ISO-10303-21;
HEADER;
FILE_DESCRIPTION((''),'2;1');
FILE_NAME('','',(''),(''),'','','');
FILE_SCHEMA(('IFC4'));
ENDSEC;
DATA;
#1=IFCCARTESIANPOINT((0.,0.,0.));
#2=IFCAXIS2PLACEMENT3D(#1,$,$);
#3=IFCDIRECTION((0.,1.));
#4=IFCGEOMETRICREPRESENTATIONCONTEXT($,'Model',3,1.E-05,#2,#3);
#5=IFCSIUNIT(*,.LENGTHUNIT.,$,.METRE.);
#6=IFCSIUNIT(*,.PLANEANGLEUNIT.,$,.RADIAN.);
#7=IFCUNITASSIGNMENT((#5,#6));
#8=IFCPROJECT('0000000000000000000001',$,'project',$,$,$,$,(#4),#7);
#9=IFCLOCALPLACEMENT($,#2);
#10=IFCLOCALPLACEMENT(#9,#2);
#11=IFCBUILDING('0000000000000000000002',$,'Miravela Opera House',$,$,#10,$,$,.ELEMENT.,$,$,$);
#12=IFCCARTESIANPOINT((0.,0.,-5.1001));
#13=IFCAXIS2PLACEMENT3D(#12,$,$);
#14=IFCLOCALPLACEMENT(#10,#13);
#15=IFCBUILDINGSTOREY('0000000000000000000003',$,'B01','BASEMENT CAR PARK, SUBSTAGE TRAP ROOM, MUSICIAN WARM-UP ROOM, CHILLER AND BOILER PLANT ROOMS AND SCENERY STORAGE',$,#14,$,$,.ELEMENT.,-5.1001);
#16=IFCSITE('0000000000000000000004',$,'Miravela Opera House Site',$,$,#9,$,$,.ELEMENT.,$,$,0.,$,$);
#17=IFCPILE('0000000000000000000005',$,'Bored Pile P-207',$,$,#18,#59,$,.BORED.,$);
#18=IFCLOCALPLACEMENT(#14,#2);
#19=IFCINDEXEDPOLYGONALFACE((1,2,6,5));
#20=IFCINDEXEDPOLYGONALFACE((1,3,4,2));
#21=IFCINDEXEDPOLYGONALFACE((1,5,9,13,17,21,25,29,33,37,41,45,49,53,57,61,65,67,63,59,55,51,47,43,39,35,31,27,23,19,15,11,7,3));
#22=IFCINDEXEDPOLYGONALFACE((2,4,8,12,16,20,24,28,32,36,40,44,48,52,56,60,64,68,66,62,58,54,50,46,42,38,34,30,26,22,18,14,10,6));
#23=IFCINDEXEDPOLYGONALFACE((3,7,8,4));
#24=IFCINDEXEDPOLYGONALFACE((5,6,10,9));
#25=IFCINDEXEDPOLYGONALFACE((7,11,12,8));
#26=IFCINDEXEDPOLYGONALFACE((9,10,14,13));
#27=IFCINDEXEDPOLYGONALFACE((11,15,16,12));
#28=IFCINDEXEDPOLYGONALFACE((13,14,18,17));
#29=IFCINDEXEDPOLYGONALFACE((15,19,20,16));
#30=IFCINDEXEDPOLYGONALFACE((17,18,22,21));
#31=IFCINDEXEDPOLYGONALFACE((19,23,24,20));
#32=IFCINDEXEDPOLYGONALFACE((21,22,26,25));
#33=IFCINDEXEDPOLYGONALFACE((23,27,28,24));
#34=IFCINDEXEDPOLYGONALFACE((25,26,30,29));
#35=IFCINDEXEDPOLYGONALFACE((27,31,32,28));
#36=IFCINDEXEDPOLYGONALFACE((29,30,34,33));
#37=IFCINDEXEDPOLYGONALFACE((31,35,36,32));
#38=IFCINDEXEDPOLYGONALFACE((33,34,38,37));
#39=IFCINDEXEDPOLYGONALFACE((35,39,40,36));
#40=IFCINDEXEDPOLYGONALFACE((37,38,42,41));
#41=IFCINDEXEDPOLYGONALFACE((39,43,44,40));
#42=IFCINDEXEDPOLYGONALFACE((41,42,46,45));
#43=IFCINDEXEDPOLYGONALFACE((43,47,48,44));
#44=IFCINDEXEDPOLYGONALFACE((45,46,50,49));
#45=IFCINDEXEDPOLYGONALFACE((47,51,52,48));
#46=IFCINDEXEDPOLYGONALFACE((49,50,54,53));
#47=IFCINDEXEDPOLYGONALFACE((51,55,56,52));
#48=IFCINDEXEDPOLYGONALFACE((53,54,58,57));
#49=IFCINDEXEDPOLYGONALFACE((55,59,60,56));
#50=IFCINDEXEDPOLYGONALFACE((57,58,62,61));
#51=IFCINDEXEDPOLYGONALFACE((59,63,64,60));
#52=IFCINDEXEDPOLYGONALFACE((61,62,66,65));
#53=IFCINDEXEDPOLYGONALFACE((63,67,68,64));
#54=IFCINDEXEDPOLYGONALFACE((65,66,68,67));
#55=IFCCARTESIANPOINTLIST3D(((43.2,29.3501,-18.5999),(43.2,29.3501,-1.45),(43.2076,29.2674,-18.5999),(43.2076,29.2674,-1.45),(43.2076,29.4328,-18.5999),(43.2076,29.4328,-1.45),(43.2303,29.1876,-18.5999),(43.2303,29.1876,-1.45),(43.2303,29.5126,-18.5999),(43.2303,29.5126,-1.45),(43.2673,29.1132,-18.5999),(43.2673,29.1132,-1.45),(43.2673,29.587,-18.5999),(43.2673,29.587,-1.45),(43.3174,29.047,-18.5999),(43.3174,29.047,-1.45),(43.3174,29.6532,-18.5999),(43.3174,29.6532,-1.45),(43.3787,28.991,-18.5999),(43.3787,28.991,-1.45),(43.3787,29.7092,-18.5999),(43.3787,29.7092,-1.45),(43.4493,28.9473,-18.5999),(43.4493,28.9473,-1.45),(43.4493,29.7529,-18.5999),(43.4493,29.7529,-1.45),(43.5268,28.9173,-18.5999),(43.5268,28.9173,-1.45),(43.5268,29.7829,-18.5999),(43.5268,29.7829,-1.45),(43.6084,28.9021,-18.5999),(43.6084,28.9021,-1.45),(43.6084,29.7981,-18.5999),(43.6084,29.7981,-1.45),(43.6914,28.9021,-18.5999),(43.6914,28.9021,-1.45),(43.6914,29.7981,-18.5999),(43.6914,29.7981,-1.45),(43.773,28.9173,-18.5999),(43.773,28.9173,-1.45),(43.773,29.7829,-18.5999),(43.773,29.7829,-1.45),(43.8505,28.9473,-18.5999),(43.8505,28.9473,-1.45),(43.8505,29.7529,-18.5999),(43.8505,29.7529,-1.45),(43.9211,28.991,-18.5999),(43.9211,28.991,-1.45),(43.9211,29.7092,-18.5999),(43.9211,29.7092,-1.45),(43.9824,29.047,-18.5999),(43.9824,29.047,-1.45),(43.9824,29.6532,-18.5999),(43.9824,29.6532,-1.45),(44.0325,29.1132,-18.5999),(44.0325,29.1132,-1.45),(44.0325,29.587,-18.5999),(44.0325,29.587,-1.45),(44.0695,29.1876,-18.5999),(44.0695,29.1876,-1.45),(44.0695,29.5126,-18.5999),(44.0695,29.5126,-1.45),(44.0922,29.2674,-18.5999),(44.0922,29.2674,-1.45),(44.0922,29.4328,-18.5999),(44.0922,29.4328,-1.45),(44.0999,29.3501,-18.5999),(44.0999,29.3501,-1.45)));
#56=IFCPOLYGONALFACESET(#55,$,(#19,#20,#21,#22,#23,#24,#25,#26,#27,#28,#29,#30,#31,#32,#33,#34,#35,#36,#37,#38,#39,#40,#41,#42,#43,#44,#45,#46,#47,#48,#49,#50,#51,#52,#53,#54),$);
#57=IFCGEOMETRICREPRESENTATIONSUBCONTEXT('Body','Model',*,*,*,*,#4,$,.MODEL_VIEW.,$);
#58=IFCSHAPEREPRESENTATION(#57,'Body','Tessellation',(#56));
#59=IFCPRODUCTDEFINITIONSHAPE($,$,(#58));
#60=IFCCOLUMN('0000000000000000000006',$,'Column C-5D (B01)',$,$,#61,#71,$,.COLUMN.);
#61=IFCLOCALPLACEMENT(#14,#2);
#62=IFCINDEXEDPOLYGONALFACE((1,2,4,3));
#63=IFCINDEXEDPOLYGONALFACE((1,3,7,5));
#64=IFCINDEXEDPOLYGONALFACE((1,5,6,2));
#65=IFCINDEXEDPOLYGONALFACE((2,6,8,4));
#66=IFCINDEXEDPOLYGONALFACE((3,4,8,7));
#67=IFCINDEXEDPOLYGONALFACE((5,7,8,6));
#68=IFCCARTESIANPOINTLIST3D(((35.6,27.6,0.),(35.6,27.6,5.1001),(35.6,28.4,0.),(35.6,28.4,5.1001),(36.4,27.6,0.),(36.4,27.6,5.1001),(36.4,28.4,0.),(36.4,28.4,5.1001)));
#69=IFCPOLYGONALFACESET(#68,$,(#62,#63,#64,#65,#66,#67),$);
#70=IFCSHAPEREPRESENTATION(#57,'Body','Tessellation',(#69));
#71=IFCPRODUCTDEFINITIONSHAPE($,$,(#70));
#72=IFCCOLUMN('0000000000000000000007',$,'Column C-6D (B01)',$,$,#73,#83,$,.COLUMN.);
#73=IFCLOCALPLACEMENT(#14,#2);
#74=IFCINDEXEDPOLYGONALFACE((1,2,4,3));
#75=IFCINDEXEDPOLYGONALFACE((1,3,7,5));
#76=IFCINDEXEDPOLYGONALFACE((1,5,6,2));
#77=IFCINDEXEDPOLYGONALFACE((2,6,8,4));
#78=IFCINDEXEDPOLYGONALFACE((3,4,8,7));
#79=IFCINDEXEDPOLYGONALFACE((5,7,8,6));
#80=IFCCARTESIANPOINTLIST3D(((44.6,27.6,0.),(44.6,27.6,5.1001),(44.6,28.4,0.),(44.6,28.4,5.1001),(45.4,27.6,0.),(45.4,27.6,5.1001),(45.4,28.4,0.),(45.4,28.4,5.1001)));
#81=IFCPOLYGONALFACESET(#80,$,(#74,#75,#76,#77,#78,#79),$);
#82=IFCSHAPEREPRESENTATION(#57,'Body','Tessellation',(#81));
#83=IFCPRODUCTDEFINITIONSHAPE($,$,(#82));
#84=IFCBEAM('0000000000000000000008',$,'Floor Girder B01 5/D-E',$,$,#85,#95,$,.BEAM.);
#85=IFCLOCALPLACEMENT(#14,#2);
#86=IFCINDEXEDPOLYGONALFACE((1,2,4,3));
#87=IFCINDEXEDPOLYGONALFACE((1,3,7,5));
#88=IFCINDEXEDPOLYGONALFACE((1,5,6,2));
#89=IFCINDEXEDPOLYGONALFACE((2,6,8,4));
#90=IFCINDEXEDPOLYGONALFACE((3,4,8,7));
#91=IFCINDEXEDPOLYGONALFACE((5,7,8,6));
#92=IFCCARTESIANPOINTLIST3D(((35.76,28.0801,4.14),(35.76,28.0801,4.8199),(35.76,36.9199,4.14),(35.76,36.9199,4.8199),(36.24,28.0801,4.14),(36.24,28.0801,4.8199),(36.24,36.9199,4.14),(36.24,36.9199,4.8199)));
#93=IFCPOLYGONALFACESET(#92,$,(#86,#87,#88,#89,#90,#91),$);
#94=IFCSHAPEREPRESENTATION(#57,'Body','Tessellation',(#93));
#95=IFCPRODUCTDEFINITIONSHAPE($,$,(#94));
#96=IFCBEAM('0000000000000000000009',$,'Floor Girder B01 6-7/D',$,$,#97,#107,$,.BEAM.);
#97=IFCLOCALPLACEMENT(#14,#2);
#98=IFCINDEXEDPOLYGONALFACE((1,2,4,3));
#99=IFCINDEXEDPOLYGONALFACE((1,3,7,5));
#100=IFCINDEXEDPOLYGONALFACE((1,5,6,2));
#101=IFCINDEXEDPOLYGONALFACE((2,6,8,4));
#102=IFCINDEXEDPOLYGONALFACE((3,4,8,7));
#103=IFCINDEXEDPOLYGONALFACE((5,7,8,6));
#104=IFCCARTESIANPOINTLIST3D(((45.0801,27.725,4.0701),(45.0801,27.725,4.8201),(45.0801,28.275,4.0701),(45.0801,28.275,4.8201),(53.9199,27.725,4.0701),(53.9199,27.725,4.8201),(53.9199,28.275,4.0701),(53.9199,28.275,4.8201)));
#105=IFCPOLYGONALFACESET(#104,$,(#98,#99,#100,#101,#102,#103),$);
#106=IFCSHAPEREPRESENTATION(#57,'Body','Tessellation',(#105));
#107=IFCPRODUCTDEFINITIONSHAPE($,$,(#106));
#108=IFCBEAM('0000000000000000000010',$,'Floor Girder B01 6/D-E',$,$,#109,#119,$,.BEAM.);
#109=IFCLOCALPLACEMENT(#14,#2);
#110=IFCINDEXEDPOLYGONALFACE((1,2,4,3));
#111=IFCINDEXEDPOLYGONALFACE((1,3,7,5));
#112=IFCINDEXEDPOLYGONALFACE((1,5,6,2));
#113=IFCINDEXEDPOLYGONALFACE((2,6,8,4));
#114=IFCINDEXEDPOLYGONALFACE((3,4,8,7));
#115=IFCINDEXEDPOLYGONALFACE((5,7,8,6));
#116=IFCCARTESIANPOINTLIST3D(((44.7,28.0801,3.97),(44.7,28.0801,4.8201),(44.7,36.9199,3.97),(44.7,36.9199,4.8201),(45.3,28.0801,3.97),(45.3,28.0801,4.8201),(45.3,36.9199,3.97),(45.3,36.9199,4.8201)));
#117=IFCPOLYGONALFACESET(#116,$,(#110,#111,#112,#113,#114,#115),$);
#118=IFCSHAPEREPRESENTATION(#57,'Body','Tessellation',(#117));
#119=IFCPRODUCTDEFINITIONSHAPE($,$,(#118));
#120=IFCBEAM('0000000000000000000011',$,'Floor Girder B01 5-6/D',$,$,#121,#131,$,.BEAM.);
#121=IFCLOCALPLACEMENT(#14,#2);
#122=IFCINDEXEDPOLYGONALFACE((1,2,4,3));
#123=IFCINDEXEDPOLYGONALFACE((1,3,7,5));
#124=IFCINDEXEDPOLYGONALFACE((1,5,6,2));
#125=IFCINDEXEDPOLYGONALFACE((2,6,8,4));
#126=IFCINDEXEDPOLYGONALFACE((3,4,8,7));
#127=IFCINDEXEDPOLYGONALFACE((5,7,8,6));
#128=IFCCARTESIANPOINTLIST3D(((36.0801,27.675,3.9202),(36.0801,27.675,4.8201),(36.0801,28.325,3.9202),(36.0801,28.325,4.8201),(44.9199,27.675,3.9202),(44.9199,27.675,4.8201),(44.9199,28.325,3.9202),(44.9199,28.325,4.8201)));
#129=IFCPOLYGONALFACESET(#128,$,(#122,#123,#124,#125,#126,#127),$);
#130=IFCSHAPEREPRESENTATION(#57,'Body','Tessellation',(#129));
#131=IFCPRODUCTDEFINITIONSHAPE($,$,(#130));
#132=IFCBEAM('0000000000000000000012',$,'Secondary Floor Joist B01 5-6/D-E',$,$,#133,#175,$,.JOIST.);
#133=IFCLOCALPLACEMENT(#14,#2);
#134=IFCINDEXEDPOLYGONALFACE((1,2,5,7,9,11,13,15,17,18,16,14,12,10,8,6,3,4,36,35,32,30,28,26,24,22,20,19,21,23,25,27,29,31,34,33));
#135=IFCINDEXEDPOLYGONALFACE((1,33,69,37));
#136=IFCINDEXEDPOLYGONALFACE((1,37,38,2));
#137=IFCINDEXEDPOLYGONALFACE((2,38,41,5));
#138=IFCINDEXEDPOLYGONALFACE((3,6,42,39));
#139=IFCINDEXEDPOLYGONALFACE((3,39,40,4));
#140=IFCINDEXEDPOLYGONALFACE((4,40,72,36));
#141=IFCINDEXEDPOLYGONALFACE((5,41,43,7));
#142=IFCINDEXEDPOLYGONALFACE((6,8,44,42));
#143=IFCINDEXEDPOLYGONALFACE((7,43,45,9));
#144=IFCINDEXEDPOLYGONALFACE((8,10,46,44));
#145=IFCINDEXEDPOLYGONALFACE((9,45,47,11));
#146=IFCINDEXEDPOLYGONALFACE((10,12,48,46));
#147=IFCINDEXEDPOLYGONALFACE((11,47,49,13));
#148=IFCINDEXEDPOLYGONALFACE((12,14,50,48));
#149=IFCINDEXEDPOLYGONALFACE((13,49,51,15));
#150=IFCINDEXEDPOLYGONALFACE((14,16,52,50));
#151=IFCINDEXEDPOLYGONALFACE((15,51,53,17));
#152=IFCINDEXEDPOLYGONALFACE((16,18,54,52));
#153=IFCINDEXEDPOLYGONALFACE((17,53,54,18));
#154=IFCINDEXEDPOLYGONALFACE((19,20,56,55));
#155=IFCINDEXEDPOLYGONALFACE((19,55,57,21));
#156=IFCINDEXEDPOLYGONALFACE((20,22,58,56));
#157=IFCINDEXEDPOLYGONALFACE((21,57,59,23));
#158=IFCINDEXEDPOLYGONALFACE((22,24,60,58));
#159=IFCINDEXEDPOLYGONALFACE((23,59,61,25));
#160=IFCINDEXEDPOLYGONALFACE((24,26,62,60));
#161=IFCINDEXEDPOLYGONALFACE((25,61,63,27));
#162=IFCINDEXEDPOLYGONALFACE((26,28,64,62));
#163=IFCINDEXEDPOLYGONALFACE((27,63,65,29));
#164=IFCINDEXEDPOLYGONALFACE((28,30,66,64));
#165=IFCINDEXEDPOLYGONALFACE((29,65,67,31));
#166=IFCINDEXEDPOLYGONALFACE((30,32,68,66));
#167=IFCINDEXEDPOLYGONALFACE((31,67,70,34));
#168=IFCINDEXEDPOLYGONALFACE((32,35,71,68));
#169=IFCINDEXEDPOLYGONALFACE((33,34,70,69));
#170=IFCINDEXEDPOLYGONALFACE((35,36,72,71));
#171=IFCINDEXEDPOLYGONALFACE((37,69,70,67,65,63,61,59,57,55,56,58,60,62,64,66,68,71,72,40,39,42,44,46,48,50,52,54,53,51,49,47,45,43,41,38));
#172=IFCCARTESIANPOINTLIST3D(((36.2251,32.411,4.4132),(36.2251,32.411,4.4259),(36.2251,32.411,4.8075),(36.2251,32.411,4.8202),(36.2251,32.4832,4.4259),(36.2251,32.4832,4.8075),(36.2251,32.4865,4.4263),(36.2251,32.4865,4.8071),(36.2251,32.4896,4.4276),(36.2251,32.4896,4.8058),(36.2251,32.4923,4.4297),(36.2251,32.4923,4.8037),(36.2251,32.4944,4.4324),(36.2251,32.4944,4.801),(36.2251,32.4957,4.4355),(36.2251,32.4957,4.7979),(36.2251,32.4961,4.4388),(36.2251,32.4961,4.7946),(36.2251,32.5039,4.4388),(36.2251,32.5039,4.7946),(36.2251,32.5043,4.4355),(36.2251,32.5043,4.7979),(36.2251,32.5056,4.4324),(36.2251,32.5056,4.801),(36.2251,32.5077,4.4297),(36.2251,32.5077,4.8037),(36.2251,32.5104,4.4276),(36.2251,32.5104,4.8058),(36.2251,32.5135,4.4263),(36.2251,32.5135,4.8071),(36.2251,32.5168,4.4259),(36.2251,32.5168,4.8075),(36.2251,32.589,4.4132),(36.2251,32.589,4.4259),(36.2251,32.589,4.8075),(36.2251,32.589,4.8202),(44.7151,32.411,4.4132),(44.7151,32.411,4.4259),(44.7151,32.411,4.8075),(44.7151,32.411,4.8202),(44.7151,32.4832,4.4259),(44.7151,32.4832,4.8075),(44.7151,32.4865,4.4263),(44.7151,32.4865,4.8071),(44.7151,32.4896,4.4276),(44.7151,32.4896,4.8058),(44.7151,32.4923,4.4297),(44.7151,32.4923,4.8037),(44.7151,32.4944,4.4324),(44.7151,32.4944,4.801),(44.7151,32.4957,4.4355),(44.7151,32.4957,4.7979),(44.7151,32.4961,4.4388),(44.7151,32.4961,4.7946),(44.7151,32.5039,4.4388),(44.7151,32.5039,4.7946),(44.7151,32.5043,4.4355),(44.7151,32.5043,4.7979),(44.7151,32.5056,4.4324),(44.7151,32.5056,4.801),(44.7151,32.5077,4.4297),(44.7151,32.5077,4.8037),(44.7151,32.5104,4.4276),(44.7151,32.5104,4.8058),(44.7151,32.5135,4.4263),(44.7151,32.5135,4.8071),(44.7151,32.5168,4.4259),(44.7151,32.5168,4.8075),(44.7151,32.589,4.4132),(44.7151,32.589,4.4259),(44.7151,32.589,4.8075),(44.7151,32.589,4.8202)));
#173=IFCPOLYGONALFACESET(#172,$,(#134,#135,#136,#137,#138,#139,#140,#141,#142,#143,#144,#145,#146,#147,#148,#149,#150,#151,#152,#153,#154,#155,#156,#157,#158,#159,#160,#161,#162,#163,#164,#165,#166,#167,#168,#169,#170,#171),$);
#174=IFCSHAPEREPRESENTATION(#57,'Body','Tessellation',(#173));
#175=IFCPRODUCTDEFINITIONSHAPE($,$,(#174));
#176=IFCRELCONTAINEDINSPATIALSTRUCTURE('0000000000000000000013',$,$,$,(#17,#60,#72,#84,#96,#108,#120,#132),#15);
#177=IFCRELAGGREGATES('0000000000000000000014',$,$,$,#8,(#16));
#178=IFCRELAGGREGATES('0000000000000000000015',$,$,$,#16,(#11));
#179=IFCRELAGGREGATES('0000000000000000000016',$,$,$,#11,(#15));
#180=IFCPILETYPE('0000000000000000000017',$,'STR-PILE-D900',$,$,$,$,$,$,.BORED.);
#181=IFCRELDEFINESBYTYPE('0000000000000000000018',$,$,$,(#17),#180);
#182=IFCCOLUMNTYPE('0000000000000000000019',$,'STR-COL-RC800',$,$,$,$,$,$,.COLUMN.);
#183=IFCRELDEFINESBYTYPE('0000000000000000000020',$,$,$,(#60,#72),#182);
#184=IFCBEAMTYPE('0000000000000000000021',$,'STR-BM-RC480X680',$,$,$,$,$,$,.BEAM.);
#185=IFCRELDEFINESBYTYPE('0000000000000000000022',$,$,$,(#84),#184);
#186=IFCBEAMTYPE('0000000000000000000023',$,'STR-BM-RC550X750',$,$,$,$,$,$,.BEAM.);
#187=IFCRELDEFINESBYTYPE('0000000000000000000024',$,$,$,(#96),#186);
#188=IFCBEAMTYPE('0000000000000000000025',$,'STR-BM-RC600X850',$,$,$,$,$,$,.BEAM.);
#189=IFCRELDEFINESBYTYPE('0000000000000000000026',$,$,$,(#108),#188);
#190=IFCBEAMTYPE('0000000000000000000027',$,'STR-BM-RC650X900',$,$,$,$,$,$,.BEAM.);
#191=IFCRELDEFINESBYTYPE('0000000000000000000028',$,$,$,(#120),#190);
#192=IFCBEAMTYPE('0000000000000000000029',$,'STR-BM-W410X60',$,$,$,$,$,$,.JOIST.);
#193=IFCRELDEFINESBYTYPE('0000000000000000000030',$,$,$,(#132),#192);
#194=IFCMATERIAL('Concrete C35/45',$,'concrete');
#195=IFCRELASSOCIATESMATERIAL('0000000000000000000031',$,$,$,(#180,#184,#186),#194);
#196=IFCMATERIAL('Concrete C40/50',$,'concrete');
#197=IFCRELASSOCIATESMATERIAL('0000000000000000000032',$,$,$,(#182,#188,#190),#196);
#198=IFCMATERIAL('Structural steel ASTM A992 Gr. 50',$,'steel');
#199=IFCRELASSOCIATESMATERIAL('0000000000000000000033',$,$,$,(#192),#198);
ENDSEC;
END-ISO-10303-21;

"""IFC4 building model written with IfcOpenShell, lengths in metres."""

from ifc_helpers import new_model, si_unit, direction, frame, origin, origin_2d, place, context, subcontext, project, spatial, rectangle, circle, i_section, extrude, material, material_profile, profile_set, type_object, element, save


model = new_model("IFC4")

# Units and contexts
model_context = context("Model", 3, precision=1e-05, world=origin(), true_north=direction((0.0, 1.0)))
body_context = subcontext(model_context, "Body", "Model", "MODEL_VIEW")
ifc_project = project(units=[si_unit("LENGTHUNIT", "METRE"), si_unit("PLANEANGLEUNIT", "RADIAN")], contexts=[model_context])

# Site, building, storey
site_placement = place(None, origin())
site = spatial("IfcSite", under=ifc_project, at=site_placement, Name="Miravela Opera House Site", CompositionType="ELEMENT", RefElevation=0.0)
building_placement = place(site_placement, origin())
building = spatial("IfcBuilding", under=site, at=building_placement, Name="Miravela Opera House", CompositionType="ELEMENT")
storey_placement = place(building_placement, frame((0.0, 0.0, -5.1001)))
storey = spatial("IfcBuildingStorey", under=building, at=storey_placement, Name="B01", Description="BASEMENT CAR PARK, SUBSTAGE TRAP ROOM, MUSICIAN WARM-UP ROOM, CHILLER AND BOILER PLANT ROOMS AND SCENERY STORAGE", CompositionType="ELEMENT", Elevation=-5.1001)

# Shared definitions
ifc_material_1 = material(Name="Concrete C35/45", Category="concrete")

# Pile
ifc_material_profile_1 = material_profile(ifc_material_1, circle(Radius=0.45, at=origin_2d()), Name="PILE-D900")
ifc_profile_set_1 = profile_set([ifc_material_profile_1])
pile_type_1 = type_object("IfcPileType", Name="STR-PILE-D900", PredefinedType="BORED", material=ifc_profile_set_1)
for number, where, z_axis, x_axis, name in (
    (1, (43.6499, 29.3501, -1.45), (0.0, 0.0, -1.0), (1.0, 0.0, 0.0), "Bored Pile P-207"),
):
    element("IfcPile", number, at=place(storey_placement, frame(where, z_axis=z_axis, x_axis=x_axis)), inside=storey, type_object=pile_type_1, Name=name, PredefinedType="BORED", context=body_context, shape_type="SweptSolid", body=[
        extrude(circle(Radius=0.45, at=origin_2d()), origin(), (0.0, 0.0, 1.0), 17.1499),
    ])

# Columns
ifc_material_2 = material(Name="Concrete C40/50", Category="concrete")
ifc_material_profile_2 = material_profile(ifc_material_2, rectangle(XDim=0.8, YDim=0.8, at=origin_2d()), Name="RC-COL-800X800")
ifc_profile_set_2 = profile_set([ifc_material_profile_2])
column_type = type_object("IfcColumnType", Name="STR-COL-RC800", PredefinedType="COLUMN", material=ifc_profile_set_2)
for number, where, z_axis, x_axis, name in (
    (2, (36.0, 28.0, 0.0), (0.0, 0.0, 1.0), (1.0, 0.0, 0.0), "Column C-5D (B01)"),
    (3, (45.0, 28.0, 0.0), (0.0, 0.0, 1.0), (1.0, 0.0, 0.0), "Column C-6D (B01)"),
):
    element("IfcColumn", number, at=place(storey_placement, frame(where, z_axis=z_axis, x_axis=x_axis)), inside=storey, type_object=column_type, Name=name, PredefinedType="COLUMN", context=body_context, shape_type="SweptSolid", body=[
        extrude(rectangle(XDim=0.8, YDim=0.8, at=origin_2d()), origin(), (0.0, 0.0, 1.0), 5.1001),
    ])

# Beams
ifc_material_profile_3 = material_profile(ifc_material_1, rectangle(XDim=0.48, YDim=0.6799, at=origin_2d()), Name="RC-BM-480X680")
ifc_profile_set_3 = profile_set([ifc_material_profile_3])
beam_type_1 = type_object("IfcBeamType", Name="STR-BM-RC480X680", PredefinedType="BEAM", material=ifc_profile_set_3)
beam_1_placement = place(storey_placement, frame((36.0, 28.0801, 4.48), z_axis=(0.0, 1.0, 0.0), x_axis=(-1.0, 0.0, 0.0)))
element("IfcBeam", 4, at=beam_1_placement, inside=storey, type_object=beam_type_1, Name="Floor Girder B01 5/D-E", PredefinedType="BEAM", context=body_context, shape_type="SweptSolid", body=[
    extrude(rectangle(XDim=0.48, YDim=0.6799, at=origin_2d()), origin(), (0.0, 0.0, 1.0), 8.8398),
])
ifc_material_profile_4 = material_profile(ifc_material_1, rectangle(XDim=0.55, YDim=0.75, at=origin_2d()), Name="RC-BM-550X750")
ifc_profile_set_4 = profile_set([ifc_material_profile_4])
beam_type_2 = type_object("IfcBeamType", Name="STR-BM-RC550X750", PredefinedType="BEAM", material=ifc_profile_set_4)
beam_2_placement = place(storey_placement, frame((45.0801, 28.0, 4.4451), z_axis=(1.0, 0.0, 0.0), x_axis=(0.0, 1.0, 0.0)))
element("IfcBeam", 5, at=beam_2_placement, inside=storey, type_object=beam_type_2, Name="Floor Girder B01 6-7/D", PredefinedType="BEAM", context=body_context, shape_type="SweptSolid", body=[
    extrude(rectangle(XDim=0.55, YDim=0.75, at=origin_2d()), origin(), (0.0, 0.0, 1.0), 8.8398),
])
ifc_material_profile_5 = material_profile(ifc_material_2, rectangle(XDim=0.6001, YDim=0.8501, at=origin_2d()), Name="RC-BM-600X850")
ifc_profile_set_5 = profile_set([ifc_material_profile_5])
beam_type_3 = type_object("IfcBeamType", Name="STR-BM-RC600X850", PredefinedType="BEAM", material=ifc_profile_set_5)
beam_3_placement = place(storey_placement, frame((45.0, 28.0801, 4.395), z_axis=(0.0, 1.0, 0.0), x_axis=(-1.0, 0.0, 0.0)))
element("IfcBeam", 6, at=beam_3_placement, inside=storey, type_object=beam_type_3, Name="Floor Girder B01 6/D-E", PredefinedType="BEAM", context=body_context, shape_type="SweptSolid", body=[
    extrude(rectangle(XDim=0.6001, YDim=0.8501, at=origin_2d()), origin(), (0.0, 0.0, 1.0), 8.8398),
])
ifc_material_profile_6 = material_profile(ifc_material_2, rectangle(XDim=0.6499, YDim=0.8999, at=origin_2d()), Name="RC-BM-650X900")
ifc_profile_set_6 = profile_set([ifc_material_profile_6])
beam_type_4 = type_object("IfcBeamType", Name="STR-BM-RC650X900", PredefinedType="BEAM", material=ifc_profile_set_6)
beam_4_placement = place(storey_placement, frame((36.0801, 28.0, 4.3701), z_axis=(1.0, 0.0, 0.0), x_axis=(0.0, 1.0, 0.0)))
element("IfcBeam", 7, at=beam_4_placement, inside=storey, type_object=beam_type_4, Name="Floor Girder B01 5-6/D", PredefinedType="BEAM", context=body_context, shape_type="SweptSolid", body=[
    extrude(rectangle(XDim=0.6499, YDim=0.8999, at=origin_2d()), origin(), (0.0, 0.0, 1.0), 8.8398),
])
ifc_material_3 = material(Name="Structural steel ASTM A992 Gr. 50", Category="steel")
ifc_material_profile_7 = material_profile(ifc_material_3, i_section(OverallWidth=0.178, OverallDepth=0.407, WebThickness=0.0078, FlangeThickness=0.0127, FilletRadius=0.0129, at=origin_2d()), Name="W410X60")
ifc_profile_set_7 = profile_set([ifc_material_profile_7])
beam_type_5 = type_object("IfcBeamType", Name="STR-BM-W410X60", PredefinedType="JOIST", material=ifc_profile_set_7)
beam_5_placement = place(storey_placement, frame((36.2251, 32.5, 4.6167), z_axis=(1.0, 0.0, 0.0), x_axis=(0.0, 1.0, 0.0)))
element("IfcBeam", 8, at=beam_5_placement, inside=storey, type_object=beam_type_5, Name="Secondary Floor Joist B01 5-6/D-E", PredefinedType="JOIST", context=body_context, shape_type="SweptSolid", body=[
    extrude(i_section(OverallWidth=0.178, OverallDepth=0.407, WebThickness=0.0078, FlangeThickness=0.0127, FilletRadius=0.0129, at=origin_2d()), origin(), (0.0, 0.0, 1.0), 8.49),
])

save(model, "model.ifc")
